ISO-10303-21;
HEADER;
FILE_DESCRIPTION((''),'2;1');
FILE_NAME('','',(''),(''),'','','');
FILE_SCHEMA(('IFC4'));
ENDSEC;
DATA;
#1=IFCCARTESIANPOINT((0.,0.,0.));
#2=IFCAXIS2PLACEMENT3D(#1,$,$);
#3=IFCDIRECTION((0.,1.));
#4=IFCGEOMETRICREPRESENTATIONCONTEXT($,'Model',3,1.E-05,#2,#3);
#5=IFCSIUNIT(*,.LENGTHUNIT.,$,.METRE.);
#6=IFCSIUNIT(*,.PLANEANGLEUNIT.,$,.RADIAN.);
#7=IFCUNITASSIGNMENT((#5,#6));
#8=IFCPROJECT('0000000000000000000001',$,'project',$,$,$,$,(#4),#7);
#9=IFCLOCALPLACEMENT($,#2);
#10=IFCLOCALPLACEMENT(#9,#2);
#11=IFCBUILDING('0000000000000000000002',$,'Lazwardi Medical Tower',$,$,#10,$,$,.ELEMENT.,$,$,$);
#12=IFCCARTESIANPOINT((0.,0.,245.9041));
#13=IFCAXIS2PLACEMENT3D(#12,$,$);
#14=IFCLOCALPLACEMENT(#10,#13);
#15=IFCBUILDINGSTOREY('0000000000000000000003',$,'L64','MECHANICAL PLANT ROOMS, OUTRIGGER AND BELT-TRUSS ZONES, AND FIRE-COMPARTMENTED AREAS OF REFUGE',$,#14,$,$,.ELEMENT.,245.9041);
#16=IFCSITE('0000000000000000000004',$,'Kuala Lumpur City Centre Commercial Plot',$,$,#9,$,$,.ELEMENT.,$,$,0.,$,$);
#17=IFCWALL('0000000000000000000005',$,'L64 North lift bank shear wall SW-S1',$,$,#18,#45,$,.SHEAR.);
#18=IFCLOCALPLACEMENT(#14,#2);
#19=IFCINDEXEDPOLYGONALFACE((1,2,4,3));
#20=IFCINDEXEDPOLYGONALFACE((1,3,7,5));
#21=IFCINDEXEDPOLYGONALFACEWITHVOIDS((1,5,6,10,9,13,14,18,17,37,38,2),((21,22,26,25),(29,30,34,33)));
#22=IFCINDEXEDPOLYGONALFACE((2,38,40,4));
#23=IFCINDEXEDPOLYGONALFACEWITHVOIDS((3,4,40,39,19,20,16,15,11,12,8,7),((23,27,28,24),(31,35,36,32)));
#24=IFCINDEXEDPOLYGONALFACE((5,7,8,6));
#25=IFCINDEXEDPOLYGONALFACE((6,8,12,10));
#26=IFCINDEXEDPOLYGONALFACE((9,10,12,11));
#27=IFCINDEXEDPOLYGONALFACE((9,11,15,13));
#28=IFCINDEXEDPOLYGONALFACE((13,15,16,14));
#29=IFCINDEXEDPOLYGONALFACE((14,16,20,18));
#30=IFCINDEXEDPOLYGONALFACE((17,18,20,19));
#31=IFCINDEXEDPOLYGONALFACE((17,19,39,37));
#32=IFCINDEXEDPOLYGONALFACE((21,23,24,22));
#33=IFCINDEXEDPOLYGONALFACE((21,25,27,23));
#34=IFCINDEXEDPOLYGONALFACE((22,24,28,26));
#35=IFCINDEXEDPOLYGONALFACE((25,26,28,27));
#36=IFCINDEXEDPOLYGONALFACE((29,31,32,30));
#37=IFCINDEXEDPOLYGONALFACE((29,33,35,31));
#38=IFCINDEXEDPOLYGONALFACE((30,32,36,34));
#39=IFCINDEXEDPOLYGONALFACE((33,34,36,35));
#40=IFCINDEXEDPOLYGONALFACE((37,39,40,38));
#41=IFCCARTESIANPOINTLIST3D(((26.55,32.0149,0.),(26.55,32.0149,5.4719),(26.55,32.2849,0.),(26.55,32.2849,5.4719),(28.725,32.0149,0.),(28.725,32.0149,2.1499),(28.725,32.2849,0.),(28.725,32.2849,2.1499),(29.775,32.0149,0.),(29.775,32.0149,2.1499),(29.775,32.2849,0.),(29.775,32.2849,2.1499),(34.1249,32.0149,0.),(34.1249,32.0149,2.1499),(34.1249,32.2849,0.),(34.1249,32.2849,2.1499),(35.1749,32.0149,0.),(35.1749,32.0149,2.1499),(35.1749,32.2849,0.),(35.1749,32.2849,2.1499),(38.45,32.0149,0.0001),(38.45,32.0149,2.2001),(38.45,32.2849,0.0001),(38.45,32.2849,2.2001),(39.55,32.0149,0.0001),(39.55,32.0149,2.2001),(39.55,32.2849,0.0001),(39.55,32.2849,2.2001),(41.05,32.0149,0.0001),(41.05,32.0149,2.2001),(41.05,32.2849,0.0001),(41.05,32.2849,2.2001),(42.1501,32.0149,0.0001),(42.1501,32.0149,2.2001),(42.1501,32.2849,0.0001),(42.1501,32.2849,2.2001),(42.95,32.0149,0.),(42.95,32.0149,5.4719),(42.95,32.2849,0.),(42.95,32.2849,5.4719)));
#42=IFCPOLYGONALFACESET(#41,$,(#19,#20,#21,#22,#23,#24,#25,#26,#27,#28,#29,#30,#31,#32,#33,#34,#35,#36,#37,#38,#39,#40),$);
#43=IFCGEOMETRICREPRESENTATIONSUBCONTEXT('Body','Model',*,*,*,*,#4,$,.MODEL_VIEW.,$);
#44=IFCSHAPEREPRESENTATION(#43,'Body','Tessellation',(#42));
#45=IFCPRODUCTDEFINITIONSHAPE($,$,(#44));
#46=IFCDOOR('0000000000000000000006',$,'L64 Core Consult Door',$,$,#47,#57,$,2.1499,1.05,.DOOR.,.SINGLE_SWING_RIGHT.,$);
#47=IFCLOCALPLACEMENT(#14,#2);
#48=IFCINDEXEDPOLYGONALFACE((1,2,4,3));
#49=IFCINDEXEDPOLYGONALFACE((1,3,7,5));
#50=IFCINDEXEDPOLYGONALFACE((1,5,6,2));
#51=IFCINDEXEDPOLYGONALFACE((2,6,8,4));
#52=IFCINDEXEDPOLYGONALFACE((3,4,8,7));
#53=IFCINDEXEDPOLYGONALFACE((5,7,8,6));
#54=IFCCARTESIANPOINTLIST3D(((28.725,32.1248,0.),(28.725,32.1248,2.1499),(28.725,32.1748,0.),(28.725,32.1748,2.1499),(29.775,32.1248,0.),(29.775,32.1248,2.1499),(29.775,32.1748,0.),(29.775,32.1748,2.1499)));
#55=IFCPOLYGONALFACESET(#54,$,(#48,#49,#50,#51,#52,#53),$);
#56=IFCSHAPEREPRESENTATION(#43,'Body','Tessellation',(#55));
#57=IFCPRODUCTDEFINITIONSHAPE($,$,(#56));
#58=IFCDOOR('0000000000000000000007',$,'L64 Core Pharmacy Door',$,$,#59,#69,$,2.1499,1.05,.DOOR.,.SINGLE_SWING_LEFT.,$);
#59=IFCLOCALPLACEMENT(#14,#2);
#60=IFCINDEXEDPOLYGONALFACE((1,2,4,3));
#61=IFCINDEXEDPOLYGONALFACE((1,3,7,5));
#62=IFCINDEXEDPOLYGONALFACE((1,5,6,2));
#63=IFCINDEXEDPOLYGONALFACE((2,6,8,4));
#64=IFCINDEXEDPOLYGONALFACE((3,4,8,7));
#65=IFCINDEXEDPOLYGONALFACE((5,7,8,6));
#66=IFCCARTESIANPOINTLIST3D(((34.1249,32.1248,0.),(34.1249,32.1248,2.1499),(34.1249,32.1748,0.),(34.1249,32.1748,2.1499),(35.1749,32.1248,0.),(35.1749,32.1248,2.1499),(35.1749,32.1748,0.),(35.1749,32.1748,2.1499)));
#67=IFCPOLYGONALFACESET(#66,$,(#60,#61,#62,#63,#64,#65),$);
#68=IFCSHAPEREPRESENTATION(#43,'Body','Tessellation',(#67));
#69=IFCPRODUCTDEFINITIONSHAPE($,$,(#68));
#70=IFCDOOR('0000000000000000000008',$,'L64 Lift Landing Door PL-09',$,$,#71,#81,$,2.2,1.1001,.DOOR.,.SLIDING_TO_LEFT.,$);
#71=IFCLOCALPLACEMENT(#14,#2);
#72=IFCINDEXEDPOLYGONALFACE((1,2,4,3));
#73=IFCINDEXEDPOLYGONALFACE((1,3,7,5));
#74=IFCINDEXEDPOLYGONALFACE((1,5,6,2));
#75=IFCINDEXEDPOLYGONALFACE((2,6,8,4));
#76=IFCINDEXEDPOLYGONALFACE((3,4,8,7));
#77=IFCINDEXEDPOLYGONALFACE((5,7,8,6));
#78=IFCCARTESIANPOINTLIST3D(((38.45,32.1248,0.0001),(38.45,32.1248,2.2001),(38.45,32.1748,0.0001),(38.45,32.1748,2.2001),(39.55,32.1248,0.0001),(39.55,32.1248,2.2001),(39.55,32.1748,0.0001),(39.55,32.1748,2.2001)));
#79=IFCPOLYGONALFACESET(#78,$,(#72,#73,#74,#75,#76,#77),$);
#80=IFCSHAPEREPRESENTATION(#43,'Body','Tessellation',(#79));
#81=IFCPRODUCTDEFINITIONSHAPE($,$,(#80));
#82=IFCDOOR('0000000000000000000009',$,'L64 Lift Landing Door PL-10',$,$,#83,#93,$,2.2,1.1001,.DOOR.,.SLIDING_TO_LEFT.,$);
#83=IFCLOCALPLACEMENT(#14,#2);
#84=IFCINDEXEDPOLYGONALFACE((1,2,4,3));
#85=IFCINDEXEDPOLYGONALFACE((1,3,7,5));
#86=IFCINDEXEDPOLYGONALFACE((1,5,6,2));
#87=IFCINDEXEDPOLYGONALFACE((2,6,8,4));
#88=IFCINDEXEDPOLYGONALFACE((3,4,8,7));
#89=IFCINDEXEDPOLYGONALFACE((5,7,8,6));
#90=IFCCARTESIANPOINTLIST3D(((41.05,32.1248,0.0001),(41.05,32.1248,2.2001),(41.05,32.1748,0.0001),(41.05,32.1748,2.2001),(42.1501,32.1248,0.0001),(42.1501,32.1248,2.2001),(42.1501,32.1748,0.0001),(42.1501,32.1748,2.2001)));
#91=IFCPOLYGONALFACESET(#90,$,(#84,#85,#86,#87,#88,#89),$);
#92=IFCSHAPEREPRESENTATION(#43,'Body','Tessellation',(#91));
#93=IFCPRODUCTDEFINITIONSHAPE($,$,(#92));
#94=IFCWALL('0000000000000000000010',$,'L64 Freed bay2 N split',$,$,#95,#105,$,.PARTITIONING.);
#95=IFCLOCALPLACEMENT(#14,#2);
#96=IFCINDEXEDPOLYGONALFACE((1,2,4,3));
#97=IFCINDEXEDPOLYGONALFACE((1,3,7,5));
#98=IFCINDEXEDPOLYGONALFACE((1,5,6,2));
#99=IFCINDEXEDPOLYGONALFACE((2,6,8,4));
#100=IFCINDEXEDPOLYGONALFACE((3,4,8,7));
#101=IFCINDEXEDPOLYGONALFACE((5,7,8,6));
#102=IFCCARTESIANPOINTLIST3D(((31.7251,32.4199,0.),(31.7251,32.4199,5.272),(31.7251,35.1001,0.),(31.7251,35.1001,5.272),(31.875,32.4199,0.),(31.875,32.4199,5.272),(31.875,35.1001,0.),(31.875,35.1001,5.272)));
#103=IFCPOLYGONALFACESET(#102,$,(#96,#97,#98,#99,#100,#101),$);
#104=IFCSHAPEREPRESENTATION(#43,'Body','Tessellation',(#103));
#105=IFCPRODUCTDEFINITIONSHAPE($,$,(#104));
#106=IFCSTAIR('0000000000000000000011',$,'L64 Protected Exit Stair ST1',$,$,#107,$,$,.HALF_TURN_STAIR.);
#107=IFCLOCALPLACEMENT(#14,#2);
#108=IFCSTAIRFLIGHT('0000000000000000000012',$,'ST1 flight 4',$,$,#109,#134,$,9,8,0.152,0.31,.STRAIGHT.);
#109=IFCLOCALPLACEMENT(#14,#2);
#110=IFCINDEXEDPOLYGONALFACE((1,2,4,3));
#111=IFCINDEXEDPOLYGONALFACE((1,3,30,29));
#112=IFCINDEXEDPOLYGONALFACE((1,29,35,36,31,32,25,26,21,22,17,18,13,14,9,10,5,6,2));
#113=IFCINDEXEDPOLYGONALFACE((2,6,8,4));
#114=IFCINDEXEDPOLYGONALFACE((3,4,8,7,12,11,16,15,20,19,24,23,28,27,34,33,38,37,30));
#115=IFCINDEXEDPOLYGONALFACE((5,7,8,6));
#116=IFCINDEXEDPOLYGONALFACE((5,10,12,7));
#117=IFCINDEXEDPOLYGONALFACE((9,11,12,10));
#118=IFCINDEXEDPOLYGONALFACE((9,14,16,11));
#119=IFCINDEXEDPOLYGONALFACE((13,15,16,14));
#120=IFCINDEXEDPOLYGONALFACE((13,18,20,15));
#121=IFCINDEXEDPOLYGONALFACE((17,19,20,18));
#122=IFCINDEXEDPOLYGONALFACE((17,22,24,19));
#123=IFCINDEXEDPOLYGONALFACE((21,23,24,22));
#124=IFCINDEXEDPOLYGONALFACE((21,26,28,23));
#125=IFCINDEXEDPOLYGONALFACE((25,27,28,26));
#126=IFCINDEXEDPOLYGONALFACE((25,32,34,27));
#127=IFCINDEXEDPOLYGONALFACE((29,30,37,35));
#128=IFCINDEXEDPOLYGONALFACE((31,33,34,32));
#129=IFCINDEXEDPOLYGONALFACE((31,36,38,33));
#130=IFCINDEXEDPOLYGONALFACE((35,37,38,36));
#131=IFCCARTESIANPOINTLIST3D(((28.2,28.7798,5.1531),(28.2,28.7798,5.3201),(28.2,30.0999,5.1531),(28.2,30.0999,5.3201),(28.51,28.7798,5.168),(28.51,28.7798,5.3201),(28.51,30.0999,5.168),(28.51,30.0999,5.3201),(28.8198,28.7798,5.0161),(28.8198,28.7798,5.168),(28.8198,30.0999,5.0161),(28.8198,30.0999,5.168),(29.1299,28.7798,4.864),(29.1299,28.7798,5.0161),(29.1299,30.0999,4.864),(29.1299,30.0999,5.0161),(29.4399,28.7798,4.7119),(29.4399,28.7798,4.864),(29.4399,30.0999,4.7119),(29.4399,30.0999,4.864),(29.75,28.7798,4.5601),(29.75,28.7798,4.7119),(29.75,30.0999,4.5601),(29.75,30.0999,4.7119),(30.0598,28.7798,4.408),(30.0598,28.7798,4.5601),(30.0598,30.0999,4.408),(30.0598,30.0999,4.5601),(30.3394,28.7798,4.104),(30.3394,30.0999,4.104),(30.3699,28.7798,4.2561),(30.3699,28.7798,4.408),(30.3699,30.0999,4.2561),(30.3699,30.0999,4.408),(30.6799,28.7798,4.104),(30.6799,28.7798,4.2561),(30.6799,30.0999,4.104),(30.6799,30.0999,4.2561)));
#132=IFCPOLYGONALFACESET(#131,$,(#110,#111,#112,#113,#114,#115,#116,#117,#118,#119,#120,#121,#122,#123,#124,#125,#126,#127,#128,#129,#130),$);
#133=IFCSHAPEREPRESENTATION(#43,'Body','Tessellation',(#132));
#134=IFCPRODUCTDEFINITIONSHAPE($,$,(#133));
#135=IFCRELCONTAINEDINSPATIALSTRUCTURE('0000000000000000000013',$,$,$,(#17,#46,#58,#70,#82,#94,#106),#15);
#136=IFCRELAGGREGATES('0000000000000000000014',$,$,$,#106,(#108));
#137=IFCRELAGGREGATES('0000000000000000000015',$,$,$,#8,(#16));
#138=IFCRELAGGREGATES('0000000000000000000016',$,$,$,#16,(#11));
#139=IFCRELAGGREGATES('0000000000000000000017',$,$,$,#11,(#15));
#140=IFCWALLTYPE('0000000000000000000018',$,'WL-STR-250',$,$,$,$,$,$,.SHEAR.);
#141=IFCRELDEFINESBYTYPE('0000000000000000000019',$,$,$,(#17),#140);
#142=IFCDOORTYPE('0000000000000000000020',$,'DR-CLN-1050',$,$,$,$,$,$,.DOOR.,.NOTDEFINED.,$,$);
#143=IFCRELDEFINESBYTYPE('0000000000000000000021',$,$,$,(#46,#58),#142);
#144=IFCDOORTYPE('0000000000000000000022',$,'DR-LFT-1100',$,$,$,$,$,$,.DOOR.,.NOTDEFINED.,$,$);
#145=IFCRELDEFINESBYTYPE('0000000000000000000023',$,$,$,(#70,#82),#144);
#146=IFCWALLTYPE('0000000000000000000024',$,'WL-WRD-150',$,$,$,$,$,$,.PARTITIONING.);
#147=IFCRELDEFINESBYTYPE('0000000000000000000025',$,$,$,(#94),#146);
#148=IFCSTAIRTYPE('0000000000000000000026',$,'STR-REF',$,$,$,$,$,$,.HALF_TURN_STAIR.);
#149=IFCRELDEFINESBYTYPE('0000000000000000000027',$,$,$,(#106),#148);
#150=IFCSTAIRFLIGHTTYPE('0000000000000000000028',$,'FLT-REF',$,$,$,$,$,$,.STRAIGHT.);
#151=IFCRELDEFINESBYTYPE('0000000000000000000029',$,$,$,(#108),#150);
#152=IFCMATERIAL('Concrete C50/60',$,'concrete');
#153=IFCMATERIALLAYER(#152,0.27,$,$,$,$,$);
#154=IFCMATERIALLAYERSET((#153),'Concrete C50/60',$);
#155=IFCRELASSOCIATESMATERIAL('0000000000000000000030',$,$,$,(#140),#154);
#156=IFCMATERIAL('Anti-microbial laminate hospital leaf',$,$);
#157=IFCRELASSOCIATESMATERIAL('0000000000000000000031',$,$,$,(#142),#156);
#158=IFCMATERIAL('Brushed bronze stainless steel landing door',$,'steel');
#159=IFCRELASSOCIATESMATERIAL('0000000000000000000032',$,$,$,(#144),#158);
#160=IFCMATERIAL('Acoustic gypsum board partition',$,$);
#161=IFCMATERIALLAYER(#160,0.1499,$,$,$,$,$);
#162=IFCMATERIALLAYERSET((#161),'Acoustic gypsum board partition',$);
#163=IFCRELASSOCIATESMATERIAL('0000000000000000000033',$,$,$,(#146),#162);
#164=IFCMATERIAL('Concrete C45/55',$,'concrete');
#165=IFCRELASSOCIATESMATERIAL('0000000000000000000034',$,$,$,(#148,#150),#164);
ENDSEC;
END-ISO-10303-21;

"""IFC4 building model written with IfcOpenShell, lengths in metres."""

from ifc_helpers import new_model, si_unit, direction, frame, frame_2d, origin, place, context, subcontext, project, spatial, polyline, rectangle, outline, extrude, material, layer, layer_set, type_object, element, fill, aggregate, save


model = new_model("IFC4")

# Units and contexts
model_context = context("Model", 3, precision=1e-05, world=origin(), true_north=direction((0.0, 1.0)))
body_context = subcontext(model_context, "Body", "Model", "MODEL_VIEW")
ifc_project = project(units=[si_unit("LENGTHUNIT", "METRE"), si_unit("PLANEANGLEUNIT", "RADIAN")], contexts=[model_context])

# Site, building, storey
site_placement = place(None, origin())
site = spatial("IfcSite", under=ifc_project, at=site_placement, Name="Kuala Lumpur City Centre Commercial Plot", CompositionType="ELEMENT", RefElevation=0.0)
building_placement = place(site_placement, origin())
building = spatial("IfcBuilding", under=site, at=building_placement, Name="Lazwardi Medical Tower", CompositionType="ELEMENT")
storey_placement = place(building_placement, frame((0.0, 0.0, 245.9041)))
storey = spatial("IfcBuildingStorey", under=building, at=storey_placement, Name="L64", Description="MECHANICAL PLANT ROOMS, OUTRIGGER AND BELT-TRUSS ZONES, AND FIRE-COMPARTMENTED AREAS OF REFUGE", CompositionType="ELEMENT", Elevation=245.9041)

# Shared definitions
ifc_material_1 = material(Name="Concrete C50/60", Category="concrete")
ifc_layer_1 = layer(ifc_material_1, 0.27)
ifc_layer_set_1 = layer_set([ifc_layer_1], Name="Concrete C50/60")
wall_type_1 = type_object("IfcWallType", Name="WL-STR-250", PredefinedType="SHEAR", material=ifc_layer_set_1)

# Wall, openings, doors
wall_1_placement = place(storey_placement, frame((26.55, 32.1499, 0.0), z_axis=(0.0, 0.0, 1.0), x_axis=(1.0, 0.0, 0.0)))
wall_1 = element("IfcWall", 1, at=wall_1_placement, inside=storey, type_object=wall_type_1, Name="L64 North lift bank shear wall SW-S1", PredefinedType="SHEAR", context=body_context, shape_type="SweptSolid", body=[
    extrude(rectangle(XDim=16.3999, YDim=0.27, at=frame_2d((8.2, 0.0))), origin(), (0.0, 0.0, 1.0), 5.4719),
])
opening_1_placement = place(wall_1_placement, frame((2.175, 0.0, 0.0)))
opening_1 = element("IfcOpeningElement", 2, at=opening_1_placement, cuts=wall_1, PredefinedType="OPENING", context=body_context, shape_type="SweptSolid", body=[
    extrude(rectangle(XDim=1.05, YDim=2.1499, at=frame_2d((0.5249, 1.075))), frame((0.0, 0.145, 0.0), z_axis=(0.0, -1.0, 0.0), x_axis=(1.0, 0.0, 0.0)), (0.0, 0.0, 1.0), 0.29),
])
opening_2_placement = place(wall_1_placement, frame((7.575, 0.0, 0.0)))
opening_2 = element("IfcOpeningElement", 3, at=opening_2_placement, cuts=wall_1, PredefinedType="OPENING", context=body_context, shape_type="SweptSolid", body=[
    extrude(rectangle(XDim=1.05, YDim=2.1499, at=frame_2d((0.5249, 1.075))), frame((0.0, 0.145, 0.0), z_axis=(0.0, -1.0, 0.0), x_axis=(1.0, 0.0, 0.0)), (0.0, 0.0, 1.0), 0.29),
])
opening_3_placement = place(wall_1_placement, frame((11.8999, 0.0, 0.0)))
opening_3 = element("IfcOpeningElement", 4, at=opening_3_placement, cuts=wall_1, PredefinedType="OPENING", context=body_context, shape_type="SweptSolid", body=[
    extrude(rectangle(XDim=1.1001, YDim=2.2, at=frame_2d((0.55, 1.1001))), frame((0.0, 0.145, 0.0), z_axis=(0.0, -1.0, 0.0), x_axis=(1.0, 0.0, 0.0)), (0.0, 0.0, 1.0), 0.29),
])
opening_4_placement = place(wall_1_placement, frame((14.5, 0.0, 0.0)))
opening_4 = element("IfcOpeningElement", 5, at=opening_4_placement, cuts=wall_1, PredefinedType="OPENING", context=body_context, shape_type="SweptSolid", body=[
    extrude(rectangle(XDim=1.1001, YDim=2.2, at=frame_2d((0.55, 1.1001))), frame((0.0, 0.145, 0.0), z_axis=(0.0, -1.0, 0.0), x_axis=(1.0, 0.0, 0.0)), (0.0, 0.0, 1.0), 0.29),
])
ifc_material_2 = material(Name="Anti-microbial laminate hospital leaf")
door_type_1 = type_object("IfcDoorType", Name="DR-CLN-1050", OperationType="NOTDEFINED", PredefinedType="DOOR", material=ifc_material_2)
door_1_placement = place(opening_1_placement, origin())
door_1 = element("IfcDoor", 6, at=door_1_placement, inside=storey, type_object=door_type_1, Name="L64 Core Consult Door", OperationType="SINGLE_SWING_RIGHT", OverallHeight=2.1499, OverallWidth=1.05, PredefinedType="DOOR", context=body_context, shape_type="SweptSolid", body=[
    extrude(rectangle(XDim=1.05, YDim=2.1499, at=frame_2d((0.5249, 1.075))), frame((0.0, 0.0249, 0.0), z_axis=(0.0, -1.0, 0.0), x_axis=(1.0, 0.0, 0.0)), (0.0, 0.0, 1.0), 0.05),
])
fill(opening_1, door_1)
door_2_placement = place(opening_2_placement, origin())
door_2 = element("IfcDoor", 7, at=door_2_placement, inside=storey, type_object=door_type_1, Name="L64 Core Pharmacy Door", OperationType="SINGLE_SWING_LEFT", OverallHeight=2.1499, OverallWidth=1.05, PredefinedType="DOOR", context=body_context, shape_type="SweptSolid", body=[
    extrude(rectangle(XDim=1.05, YDim=2.1499, at=frame_2d((0.5249, 1.075))), frame((0.0, 0.0249, 0.0), z_axis=(0.0, -1.0, 0.0), x_axis=(1.0, 0.0, 0.0)), (0.0, 0.0, 1.0), 0.05),
])
fill(opening_2, door_2)
ifc_material_3 = material(Name="Brushed bronze stainless steel landing door", Category="steel")
door_type_2 = type_object("IfcDoorType", Name="DR-LFT-1100", OperationType="NOTDEFINED", PredefinedType="DOOR", material=ifc_material_3)
door_3_placement = place(opening_3_placement, origin())
door_3 = element("IfcDoor", 8, at=door_3_placement, inside=storey, type_object=door_type_2, Name="L64 Lift Landing Door PL-09", OperationType="SLIDING_TO_LEFT", OverallHeight=2.2, OverallWidth=1.1001, PredefinedType="DOOR", context=body_context, shape_type="SweptSolid", body=[
    extrude(rectangle(XDim=1.1001, YDim=2.2, at=frame_2d((0.55, 1.1001))), frame((0.0, 0.0249, 0.0), z_axis=(0.0, -1.0, 0.0), x_axis=(1.0, 0.0, 0.0)), (0.0, 0.0, 1.0), 0.05),
])
fill(opening_3, door_3)
door_4_placement = place(opening_4_placement, origin())
door_4 = element("IfcDoor", 9, at=door_4_placement, inside=storey, type_object=door_type_2, Name="L64 Lift Landing Door PL-10", OperationType="SLIDING_TO_LEFT", OverallHeight=2.2, OverallWidth=1.1001, PredefinedType="DOOR", context=body_context, shape_type="SweptSolid", body=[
    extrude(rectangle(XDim=1.1001, YDim=2.2, at=frame_2d((0.55, 1.1001))), frame((0.0, 0.0249, 0.0), z_axis=(0.0, -1.0, 0.0), x_axis=(1.0, 0.0, 0.0)), (0.0, 0.0, 1.0), 0.05),
])
fill(opening_4, door_4)

# Wall
ifc_material_4 = material(Name="Acoustic gypsum board partition")
ifc_layer_2 = layer(ifc_material_4, 0.1499)
ifc_layer_set_2 = layer_set([ifc_layer_2], Name="Acoustic gypsum board partition")
wall_type_2 = type_object("IfcWallType", Name="WL-WRD-150", PredefinedType="PARTITIONING", material=ifc_layer_set_2)
wall_2_placement = place(storey_placement, frame((31.8, 32.4199, 0.0), z_axis=(0.0, 0.0, 1.0), x_axis=(0.0, 1.0, 0.0)))
element("IfcWall", 10, at=wall_2_placement, inside=storey, type_object=wall_type_2, Name="L64 Freed bay2 N split", PredefinedType="PARTITIONING", context=body_context, shape_type="SweptSolid", body=[
    extrude(rectangle(XDim=2.6802, YDim=0.1499, at=frame_2d((1.3401, 0.0))), origin(), (0.0, 0.0, 1.0), 5.272),
])

# Stair, stair flight
ifc_material_5 = material(Name="Concrete C45/55", Category="concrete")
stair_type = type_object("IfcStairType", Name="STR-REF", PredefinedType="HALF_TURN_STAIR", material=ifc_material_5)
stair_placement = place(storey_placement, origin())
stair = element("IfcStair", 11, at=stair_placement, inside=storey, type_object=stair_type, Name="L64 Protected Exit Stair ST1", PredefinedType="HALF_TURN_STAIR")
stair_flight_type = type_object("IfcStairFlightType", Name="FLT-REF", PredefinedType="STRAIGHT", material=ifc_material_5)
stair_flight_placement = place(storey_placement, frame((30.6799, 29.4399, 4.104), z_axis=(0.0, 0.0, 1.0), x_axis=(-1.0, 0.0, 0.0)))
stair_flight = element("IfcStairFlight", 12, at=stair_flight_placement, type_object=stair_flight_type, Name="ST1 flight 4", NumberOfRisers=9, NumberOfTreads=8, PredefinedType="STRAIGHT", RiserHeight=0.152, TreadLength=0.31, context=body_context, shape_type="SweptSolid", body=[
    extrude(outline(polyline([(0.0, 0.0), (0.0, 0.1521), (0.3101, 0.1521), (0.3101, 0.304), (0.6201, 0.304), (0.6201, 0.4561), (0.9299, 0.4561), (0.9299, 0.6079), (1.24, 0.6079), (1.24, 0.76), (1.55, 0.76), (1.55, 0.9121), (1.8601, 0.9121), (1.8601, 1.064), (2.1699, 1.064), (2.1699, 1.2161), (2.48, 1.2161), (2.48, 1.3679), (2.48, 1.0491), (0.3406, 0.0), (0.0, 0.0)])), frame((0.0, 0.6602, 0.0), z_axis=(0.0, -1.0, 0.0), x_axis=(1.0, 0.0, 0.0)), (0.0, 0.0, 1.0), 1.3201),
])
aggregate(stair, [stair_flight])

save(model, "model.ifc")
